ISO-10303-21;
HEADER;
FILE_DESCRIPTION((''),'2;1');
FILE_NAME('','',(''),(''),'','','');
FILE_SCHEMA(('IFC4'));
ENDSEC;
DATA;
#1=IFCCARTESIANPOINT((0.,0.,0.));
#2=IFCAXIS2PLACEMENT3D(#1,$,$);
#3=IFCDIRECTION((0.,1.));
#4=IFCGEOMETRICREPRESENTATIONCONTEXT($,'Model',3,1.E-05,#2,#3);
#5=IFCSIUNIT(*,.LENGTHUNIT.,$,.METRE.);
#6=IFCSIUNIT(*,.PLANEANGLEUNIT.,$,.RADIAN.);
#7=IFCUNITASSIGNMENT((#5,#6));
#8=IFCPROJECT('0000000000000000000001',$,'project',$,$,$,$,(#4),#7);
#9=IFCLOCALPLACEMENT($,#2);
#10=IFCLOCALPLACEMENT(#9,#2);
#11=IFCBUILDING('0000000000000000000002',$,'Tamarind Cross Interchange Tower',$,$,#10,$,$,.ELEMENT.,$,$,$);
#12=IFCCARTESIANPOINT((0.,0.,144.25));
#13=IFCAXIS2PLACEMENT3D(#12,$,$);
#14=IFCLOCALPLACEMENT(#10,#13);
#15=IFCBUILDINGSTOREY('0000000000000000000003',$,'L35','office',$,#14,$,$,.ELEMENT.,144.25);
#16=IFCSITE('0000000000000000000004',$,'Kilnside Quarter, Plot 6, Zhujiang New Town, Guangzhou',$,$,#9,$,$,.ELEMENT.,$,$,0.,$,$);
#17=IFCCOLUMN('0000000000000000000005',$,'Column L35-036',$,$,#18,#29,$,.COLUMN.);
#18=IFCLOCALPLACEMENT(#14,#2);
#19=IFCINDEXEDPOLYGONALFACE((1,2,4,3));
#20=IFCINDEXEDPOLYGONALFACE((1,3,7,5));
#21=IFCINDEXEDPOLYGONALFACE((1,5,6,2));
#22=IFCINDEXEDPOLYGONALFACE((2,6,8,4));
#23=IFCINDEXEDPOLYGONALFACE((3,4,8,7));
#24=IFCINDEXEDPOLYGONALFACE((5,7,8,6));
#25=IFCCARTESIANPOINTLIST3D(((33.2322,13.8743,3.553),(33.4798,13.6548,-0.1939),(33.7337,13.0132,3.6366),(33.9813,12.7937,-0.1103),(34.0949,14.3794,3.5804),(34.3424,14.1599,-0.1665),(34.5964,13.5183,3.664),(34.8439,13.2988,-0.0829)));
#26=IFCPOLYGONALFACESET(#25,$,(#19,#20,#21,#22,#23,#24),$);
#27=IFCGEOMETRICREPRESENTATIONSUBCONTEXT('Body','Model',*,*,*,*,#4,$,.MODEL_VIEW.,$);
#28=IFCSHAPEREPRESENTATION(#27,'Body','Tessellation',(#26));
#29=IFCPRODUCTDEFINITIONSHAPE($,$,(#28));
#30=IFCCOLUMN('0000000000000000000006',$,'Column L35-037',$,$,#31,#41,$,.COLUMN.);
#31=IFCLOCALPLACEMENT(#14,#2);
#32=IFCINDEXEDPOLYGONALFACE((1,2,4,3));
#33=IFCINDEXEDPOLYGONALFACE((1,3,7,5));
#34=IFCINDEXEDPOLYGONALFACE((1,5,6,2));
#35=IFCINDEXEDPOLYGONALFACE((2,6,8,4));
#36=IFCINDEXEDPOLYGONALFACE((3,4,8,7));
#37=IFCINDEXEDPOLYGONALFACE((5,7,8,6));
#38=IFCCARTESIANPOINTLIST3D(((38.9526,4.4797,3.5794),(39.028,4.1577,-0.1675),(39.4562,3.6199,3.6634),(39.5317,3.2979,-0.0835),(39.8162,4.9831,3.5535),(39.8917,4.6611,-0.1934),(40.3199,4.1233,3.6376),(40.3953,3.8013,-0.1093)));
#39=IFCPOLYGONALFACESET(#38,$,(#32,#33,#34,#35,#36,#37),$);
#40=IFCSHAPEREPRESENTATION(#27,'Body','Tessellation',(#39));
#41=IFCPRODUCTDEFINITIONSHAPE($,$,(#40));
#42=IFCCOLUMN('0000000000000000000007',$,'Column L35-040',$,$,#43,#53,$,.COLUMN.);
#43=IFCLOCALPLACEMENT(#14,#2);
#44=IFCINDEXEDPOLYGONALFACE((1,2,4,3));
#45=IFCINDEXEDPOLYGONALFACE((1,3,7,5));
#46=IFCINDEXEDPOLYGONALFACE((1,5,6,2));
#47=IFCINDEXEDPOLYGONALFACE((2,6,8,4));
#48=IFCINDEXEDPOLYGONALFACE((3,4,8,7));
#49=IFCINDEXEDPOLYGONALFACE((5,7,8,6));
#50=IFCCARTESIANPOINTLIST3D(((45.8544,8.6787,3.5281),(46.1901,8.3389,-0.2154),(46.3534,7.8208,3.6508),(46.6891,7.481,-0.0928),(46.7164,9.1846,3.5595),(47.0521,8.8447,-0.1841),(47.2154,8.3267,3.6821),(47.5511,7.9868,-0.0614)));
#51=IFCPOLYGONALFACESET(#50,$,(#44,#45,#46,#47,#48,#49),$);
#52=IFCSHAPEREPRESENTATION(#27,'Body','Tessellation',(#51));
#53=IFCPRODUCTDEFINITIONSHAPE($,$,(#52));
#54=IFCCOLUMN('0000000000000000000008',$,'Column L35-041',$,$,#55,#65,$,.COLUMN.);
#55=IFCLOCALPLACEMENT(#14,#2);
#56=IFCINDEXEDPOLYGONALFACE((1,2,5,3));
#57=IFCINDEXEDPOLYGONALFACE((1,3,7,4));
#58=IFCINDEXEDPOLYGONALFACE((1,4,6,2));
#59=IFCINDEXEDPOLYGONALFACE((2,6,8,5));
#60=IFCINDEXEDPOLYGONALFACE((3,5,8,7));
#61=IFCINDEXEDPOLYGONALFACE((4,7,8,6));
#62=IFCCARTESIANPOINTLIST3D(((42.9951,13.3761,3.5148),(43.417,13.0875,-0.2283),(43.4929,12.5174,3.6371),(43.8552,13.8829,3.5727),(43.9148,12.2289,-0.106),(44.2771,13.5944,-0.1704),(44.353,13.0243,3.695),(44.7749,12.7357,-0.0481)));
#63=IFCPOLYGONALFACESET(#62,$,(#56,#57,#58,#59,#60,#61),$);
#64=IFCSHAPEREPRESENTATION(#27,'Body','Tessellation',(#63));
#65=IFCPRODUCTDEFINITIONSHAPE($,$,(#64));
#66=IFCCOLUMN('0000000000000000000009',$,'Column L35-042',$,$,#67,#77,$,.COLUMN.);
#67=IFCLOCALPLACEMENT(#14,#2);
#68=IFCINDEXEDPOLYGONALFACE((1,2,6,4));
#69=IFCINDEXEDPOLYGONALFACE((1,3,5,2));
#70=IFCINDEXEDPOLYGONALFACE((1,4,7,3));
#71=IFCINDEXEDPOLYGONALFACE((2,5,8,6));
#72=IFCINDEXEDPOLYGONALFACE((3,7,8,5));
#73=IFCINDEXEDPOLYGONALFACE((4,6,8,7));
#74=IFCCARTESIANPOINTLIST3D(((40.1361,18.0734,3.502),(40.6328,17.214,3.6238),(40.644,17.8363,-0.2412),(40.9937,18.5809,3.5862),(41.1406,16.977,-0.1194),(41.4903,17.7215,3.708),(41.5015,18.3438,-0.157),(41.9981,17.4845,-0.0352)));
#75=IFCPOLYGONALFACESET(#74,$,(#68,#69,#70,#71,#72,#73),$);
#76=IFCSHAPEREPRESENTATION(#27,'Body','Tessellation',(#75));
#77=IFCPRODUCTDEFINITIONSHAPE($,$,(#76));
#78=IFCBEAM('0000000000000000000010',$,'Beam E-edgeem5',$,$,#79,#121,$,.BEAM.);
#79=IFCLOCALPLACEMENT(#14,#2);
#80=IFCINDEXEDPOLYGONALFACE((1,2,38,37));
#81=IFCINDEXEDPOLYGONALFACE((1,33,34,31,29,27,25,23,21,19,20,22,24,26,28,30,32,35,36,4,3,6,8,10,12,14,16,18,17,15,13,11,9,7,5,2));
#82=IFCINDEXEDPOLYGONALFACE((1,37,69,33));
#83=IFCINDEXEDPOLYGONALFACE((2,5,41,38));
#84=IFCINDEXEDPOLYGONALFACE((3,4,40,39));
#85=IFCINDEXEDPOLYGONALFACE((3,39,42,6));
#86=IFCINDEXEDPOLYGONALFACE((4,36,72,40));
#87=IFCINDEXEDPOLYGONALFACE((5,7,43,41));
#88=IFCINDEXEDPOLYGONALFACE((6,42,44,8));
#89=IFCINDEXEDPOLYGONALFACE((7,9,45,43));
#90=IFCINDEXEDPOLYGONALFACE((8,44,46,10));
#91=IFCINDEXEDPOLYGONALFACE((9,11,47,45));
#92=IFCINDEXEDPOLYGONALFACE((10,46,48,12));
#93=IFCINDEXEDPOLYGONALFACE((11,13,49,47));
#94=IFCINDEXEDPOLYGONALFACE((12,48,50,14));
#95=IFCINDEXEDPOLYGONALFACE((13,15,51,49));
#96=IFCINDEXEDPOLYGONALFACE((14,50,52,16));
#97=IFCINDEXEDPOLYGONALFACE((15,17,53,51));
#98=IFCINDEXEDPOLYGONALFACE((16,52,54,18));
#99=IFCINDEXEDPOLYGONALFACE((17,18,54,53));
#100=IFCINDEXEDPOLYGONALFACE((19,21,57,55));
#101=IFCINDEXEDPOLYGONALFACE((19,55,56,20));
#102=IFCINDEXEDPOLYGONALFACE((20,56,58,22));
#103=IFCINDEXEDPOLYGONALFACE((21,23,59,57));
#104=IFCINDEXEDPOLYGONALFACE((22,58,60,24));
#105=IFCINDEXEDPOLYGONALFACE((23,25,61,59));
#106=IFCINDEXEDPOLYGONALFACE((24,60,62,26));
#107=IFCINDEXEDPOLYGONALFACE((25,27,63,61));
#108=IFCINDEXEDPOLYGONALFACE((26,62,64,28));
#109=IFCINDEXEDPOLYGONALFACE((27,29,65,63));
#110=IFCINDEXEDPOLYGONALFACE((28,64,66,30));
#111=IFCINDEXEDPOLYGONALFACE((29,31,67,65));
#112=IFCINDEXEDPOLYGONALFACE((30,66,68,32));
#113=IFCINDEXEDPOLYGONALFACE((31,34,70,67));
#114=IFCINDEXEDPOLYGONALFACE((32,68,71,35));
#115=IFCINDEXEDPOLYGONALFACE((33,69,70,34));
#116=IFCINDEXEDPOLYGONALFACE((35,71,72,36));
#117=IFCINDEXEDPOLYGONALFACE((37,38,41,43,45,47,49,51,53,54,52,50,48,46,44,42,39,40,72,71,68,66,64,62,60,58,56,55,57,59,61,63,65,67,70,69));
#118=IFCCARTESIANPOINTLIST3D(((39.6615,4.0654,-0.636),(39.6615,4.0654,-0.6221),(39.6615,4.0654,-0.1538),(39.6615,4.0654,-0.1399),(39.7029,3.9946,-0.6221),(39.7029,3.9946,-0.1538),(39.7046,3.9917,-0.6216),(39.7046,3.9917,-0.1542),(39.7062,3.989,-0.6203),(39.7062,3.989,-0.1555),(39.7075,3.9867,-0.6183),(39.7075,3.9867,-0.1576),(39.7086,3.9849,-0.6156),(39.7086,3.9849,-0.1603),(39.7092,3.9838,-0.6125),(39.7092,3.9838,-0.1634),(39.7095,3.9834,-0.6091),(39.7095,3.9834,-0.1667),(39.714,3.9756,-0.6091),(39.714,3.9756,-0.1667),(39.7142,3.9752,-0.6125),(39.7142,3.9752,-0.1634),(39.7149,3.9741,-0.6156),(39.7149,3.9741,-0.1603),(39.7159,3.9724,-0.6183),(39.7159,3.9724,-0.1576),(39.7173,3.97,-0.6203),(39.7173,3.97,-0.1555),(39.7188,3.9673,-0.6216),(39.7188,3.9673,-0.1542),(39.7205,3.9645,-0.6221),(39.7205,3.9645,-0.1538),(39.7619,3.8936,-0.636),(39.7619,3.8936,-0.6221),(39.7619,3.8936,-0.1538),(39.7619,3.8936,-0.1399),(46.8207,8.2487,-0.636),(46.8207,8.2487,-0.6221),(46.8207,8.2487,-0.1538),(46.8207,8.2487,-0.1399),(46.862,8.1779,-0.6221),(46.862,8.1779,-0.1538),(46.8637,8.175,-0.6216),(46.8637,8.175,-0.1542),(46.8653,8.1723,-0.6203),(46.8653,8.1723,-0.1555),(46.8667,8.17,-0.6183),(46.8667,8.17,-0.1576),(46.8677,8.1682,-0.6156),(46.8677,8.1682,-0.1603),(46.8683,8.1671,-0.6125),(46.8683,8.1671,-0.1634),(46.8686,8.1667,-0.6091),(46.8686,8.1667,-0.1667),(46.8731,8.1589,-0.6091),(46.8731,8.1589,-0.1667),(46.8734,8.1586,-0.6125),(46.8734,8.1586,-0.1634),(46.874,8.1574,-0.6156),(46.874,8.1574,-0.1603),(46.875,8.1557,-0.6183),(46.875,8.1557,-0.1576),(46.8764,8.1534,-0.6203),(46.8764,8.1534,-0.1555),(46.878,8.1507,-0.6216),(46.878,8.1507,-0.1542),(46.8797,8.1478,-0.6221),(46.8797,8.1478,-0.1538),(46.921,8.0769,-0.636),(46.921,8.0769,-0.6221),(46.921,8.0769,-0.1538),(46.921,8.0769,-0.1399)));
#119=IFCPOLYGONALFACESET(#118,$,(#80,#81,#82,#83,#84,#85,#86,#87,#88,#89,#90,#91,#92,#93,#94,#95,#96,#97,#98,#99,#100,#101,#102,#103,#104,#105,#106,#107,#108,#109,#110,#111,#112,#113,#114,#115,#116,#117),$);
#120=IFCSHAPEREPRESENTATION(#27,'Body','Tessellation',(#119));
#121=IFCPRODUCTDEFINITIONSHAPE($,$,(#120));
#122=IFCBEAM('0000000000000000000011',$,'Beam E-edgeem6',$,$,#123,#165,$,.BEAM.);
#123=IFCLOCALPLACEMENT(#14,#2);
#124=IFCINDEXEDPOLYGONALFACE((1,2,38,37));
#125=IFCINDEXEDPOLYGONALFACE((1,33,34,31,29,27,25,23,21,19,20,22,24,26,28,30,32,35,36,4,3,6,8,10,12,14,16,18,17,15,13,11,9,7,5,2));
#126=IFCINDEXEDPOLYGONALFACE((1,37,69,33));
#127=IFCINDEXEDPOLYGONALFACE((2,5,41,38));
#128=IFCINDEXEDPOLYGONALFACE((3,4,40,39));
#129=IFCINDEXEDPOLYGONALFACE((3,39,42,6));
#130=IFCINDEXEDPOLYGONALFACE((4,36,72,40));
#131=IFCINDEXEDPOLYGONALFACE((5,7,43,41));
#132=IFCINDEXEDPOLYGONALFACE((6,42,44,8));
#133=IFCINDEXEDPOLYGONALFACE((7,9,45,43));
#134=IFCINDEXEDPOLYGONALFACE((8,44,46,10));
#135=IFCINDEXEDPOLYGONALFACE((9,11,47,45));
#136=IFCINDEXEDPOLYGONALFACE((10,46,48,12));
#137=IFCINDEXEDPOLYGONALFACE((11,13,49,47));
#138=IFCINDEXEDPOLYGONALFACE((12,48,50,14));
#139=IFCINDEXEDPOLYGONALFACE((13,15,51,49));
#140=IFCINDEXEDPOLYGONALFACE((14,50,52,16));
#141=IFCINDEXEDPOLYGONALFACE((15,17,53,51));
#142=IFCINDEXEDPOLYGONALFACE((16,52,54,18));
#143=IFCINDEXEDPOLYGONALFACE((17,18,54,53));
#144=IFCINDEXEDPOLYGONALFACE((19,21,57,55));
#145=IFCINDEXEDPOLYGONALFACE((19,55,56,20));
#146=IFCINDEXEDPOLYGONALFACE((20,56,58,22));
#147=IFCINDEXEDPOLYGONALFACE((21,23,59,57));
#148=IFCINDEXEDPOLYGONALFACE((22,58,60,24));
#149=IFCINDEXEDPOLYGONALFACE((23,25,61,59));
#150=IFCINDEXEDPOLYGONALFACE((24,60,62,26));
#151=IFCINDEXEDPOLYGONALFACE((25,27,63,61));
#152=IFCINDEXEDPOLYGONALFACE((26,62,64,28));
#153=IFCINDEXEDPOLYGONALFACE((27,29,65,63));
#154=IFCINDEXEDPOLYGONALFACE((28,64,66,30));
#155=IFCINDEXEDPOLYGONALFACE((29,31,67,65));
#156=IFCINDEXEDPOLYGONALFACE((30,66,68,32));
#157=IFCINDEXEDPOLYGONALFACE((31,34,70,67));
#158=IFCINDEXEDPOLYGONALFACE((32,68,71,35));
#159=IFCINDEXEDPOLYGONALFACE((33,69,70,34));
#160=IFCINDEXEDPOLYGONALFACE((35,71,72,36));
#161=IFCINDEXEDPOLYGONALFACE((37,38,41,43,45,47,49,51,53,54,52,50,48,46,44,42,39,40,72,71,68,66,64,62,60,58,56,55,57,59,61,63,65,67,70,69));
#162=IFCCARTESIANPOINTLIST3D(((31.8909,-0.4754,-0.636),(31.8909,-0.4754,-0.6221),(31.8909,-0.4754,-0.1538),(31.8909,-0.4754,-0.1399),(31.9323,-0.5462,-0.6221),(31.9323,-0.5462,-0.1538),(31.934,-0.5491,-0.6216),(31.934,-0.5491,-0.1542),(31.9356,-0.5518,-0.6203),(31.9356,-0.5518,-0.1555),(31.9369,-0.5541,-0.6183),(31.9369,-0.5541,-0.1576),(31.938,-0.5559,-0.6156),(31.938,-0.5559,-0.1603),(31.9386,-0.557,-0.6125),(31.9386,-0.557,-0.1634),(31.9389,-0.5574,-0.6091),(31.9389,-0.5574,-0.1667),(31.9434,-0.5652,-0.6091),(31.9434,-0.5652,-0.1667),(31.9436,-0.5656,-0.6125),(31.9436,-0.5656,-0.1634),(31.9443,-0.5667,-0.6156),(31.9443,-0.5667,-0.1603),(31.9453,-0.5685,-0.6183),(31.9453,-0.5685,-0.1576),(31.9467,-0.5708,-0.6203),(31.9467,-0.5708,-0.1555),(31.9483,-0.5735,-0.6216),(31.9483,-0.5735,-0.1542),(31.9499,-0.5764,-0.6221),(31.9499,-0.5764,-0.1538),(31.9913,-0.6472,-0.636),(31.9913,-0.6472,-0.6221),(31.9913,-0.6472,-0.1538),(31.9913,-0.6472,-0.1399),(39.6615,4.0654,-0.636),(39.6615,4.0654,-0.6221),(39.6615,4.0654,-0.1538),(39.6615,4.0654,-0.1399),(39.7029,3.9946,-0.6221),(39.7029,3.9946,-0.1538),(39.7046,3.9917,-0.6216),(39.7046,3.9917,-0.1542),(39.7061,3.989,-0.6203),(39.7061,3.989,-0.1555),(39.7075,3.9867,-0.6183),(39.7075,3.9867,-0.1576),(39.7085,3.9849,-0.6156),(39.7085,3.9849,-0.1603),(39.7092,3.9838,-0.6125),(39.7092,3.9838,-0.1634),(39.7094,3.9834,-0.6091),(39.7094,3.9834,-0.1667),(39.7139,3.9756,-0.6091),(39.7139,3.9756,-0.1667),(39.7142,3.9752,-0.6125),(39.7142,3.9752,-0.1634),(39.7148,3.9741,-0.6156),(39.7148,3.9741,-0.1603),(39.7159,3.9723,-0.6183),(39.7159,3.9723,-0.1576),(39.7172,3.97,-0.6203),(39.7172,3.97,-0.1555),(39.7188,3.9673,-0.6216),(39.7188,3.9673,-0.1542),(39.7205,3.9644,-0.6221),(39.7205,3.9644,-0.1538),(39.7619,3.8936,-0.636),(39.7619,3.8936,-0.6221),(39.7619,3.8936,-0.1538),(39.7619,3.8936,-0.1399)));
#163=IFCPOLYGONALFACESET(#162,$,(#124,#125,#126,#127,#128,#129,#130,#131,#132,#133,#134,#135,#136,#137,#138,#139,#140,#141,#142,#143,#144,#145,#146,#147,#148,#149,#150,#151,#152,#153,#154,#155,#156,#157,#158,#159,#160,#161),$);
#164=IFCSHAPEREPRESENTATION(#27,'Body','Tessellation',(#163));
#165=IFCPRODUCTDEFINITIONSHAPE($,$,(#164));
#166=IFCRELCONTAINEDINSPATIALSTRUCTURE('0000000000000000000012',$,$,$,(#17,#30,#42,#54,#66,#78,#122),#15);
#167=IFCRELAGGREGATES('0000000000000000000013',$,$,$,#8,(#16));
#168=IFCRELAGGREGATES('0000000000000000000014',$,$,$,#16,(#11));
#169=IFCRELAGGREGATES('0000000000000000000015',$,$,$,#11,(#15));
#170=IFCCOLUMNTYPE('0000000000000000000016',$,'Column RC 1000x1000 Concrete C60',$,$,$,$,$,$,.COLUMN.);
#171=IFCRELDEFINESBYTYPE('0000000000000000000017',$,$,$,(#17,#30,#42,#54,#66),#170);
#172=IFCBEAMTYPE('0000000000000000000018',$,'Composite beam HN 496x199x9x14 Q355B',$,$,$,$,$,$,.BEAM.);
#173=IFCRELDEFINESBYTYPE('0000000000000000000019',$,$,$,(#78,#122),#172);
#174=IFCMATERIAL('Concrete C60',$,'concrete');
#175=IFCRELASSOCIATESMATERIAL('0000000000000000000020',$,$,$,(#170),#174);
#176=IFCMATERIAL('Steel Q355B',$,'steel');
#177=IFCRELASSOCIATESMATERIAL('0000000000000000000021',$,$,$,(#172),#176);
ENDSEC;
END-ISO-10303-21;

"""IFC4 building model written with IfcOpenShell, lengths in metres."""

from ifc_helpers import new_model, si_unit, direction, frame, origin, origin_2d, place, context, subcontext, project, spatial, rectangle, i_section, extrude, material, material_profile, profile_set, type_object, element, save


model = new_model("IFC4")

# Units and contexts
model_context = context("Model", 3, precision=1e-05, world=origin(), true_north=direction((0.0, 1.0)))
body_context = subcontext(model_context, "Body", "Model", "MODEL_VIEW")
ifc_project = project(units=[si_unit("LENGTHUNIT", "METRE"), si_unit("PLANEANGLEUNIT", "RADIAN")], contexts=[model_context])

# Site, building, storey
site_placement = place(None, origin())
site = spatial("IfcSite", under=ifc_project, at=site_placement, Name="Kilnside Quarter, Plot 6, Zhujiang New Town, Guangzhou", CompositionType="ELEMENT", RefElevation=0.0)
building_placement = place(site_placement, origin())
building = spatial("IfcBuilding", under=site, at=building_placement, Name="Tamarind Cross Interchange Tower", CompositionType="ELEMENT")
storey_placement = place(building_placement, frame((0.0, 0.0, 144.25)))
storey = spatial("IfcBuildingStorey", under=building, at=storey_placement, Name="L35", Description="office", CompositionType="ELEMENT", Elevation=144.25)

# Columns
ifc_material_1 = material(Name="Concrete C60", Category="concrete")
ifc_material_profile_1 = material_profile(ifc_material_1, rectangle(XDim=1.0, YDim=1.0, at=origin_2d()), Name="RC 1000x1000")
ifc_profile_set_1 = profile_set([ifc_material_profile_1], Name="Concrete C60")
column_type = type_object("IfcColumnType", Name="Column RC 1000x1000 Concrete C60", PredefinedType="COLUMN", material=ifc_profile_set_1)
for number, where, z_axis, x_axis, name in (
    (1, (34.1619, 13.4768, -0.1384), (-0.065815, 0.058351, 0.996124), (0.501491, -0.861117, 0.083577), "Column L35-036"),
    (2, (39.7117, 3.9795, -0.1384), (-0.020056, 0.085612, 0.996127), (-0.863665, -0.503401, 0.025876), "Column L35-037"),
):
    element("IfcColumn", number, at=place(storey_placement, frame(where, z_axis=z_axis, x_axis=x_axis)), inside=storey, type_object=column_type, Name=name, PredefinedType="COLUMN", context=body_context, shape_type="SweptSolid", body=[
        extrude(rectangle(XDim=1.0, YDim=1.0, at=origin_2d()), origin(), (0.0, 0.0, 1.0), 3.7615),
    ])
column_1_placement = place(storey_placement, frame((46.8706, 8.1628, -0.1384), z_axis=(-0.088949, 0.090049, 0.991957), x_axis=(0.498981, -0.857894, 0.122622)))
element("IfcColumn", 3, at=column_1_placement, inside=storey, type_object=column_type, Name="Column L35-040", PredefinedType="COLUMN", context=body_context, shape_type="SweptSolid", body=[
    extrude(rectangle(XDim=1.0, YDim=1.0, at=origin_2d()), origin(), (0.0, 0.0, 1.0), 3.7739),
])
column_2_placement = place(storey_placement, frame((44.0959, 12.9116, -0.1382), z_axis=(-0.111669, 0.076385, 0.990805), x_axis=(0.497778, -0.858638, 0.122298)))
element("IfcColumn", 4, at=column_2_placement, inside=storey, type_object=column_type, Name="Column L35-041", PredefinedType="COLUMN", context=body_context, shape_type="SweptSolid", body=[
    extrude(rectangle(XDim=1.0, YDim=1.0, at=origin_2d()), origin(), (0.0, 0.0, 1.0), 3.7778),
])
column_3_placement = place(storey_placement, frame((41.321, 17.6604, -0.1382), z_axis=(-0.134169, 0.062634, 0.988977), x_axis=(0.496657, -0.859358, 0.121803)))
element("IfcColumn", 5, at=column_3_placement, inside=storey, type_object=column_type, Name="Column L35-042", PredefinedType="COLUMN", context=body_context, shape_type="SweptSolid", body=[
    extrude(rectangle(XDim=1.0, YDim=1.0, at=origin_2d()), origin(), (0.0, 0.0, 1.0), 3.7849),
])

# Beams
ifc_material_2 = material(Name="Steel Q355B", Category="steel")
ifc_material_profile_2 = material_profile(ifc_material_2, i_section(OverallWidth=0.199, OverallDepth=0.4961, WebThickness=0.009, FlangeThickness=0.0139, FilletRadius=0.0129, at=origin_2d()), Name="HN 496x199x9x14")
ifc_profile_set_2 = profile_set([ifc_material_profile_2], Name="Steel Q355B")
beam_type_1 = type_object("IfcBeamType", Name="Composite beam HN 496x199x9x14 Q355B", PredefinedType="BEAM", material=ifc_profile_set_2)
beam_1_placement = place(storey_placement, frame((46.8708, 8.1628, -0.3879), z_axis=(-0.863403, -0.504515, 0.0), x_axis=(0.504515, -0.863403, 0.0)))
element("IfcBeam", 6, at=beam_1_placement, inside=storey, type_object=beam_type_1, Name="Beam E-edgeem5", PredefinedType="BEAM", context=body_context, shape_type="SweptSolid", body=[
    extrude(i_section(OverallWidth=0.199, OverallDepth=0.4961, WebThickness=0.009, FlangeThickness=0.0139, FilletRadius=0.0129, at=origin_2d()), origin(), (0.0, 0.0, 1.0), 8.2917),
])
beam_2_placement = place(storey_placement, frame((39.7117, 3.9795, -0.3879), z_axis=(-0.863393, -0.504532, 0.0), x_axis=(0.504532, -0.863393, 0.0)))
element("IfcBeam", 7, at=beam_2_placement, inside=storey, type_object=beam_type_1, Name="Beam E-edgeem6", PredefinedType="BEAM", context=body_context, shape_type="SweptSolid", body=[
    extrude(i_section(OverallWidth=0.199, OverallDepth=0.4961, WebThickness=0.009, FlangeThickness=0.0139, FilletRadius=0.0129, at=origin_2d()), origin(), (0.0, 0.0, 1.0), 9.0),
])

save(model, "model.ifc")
